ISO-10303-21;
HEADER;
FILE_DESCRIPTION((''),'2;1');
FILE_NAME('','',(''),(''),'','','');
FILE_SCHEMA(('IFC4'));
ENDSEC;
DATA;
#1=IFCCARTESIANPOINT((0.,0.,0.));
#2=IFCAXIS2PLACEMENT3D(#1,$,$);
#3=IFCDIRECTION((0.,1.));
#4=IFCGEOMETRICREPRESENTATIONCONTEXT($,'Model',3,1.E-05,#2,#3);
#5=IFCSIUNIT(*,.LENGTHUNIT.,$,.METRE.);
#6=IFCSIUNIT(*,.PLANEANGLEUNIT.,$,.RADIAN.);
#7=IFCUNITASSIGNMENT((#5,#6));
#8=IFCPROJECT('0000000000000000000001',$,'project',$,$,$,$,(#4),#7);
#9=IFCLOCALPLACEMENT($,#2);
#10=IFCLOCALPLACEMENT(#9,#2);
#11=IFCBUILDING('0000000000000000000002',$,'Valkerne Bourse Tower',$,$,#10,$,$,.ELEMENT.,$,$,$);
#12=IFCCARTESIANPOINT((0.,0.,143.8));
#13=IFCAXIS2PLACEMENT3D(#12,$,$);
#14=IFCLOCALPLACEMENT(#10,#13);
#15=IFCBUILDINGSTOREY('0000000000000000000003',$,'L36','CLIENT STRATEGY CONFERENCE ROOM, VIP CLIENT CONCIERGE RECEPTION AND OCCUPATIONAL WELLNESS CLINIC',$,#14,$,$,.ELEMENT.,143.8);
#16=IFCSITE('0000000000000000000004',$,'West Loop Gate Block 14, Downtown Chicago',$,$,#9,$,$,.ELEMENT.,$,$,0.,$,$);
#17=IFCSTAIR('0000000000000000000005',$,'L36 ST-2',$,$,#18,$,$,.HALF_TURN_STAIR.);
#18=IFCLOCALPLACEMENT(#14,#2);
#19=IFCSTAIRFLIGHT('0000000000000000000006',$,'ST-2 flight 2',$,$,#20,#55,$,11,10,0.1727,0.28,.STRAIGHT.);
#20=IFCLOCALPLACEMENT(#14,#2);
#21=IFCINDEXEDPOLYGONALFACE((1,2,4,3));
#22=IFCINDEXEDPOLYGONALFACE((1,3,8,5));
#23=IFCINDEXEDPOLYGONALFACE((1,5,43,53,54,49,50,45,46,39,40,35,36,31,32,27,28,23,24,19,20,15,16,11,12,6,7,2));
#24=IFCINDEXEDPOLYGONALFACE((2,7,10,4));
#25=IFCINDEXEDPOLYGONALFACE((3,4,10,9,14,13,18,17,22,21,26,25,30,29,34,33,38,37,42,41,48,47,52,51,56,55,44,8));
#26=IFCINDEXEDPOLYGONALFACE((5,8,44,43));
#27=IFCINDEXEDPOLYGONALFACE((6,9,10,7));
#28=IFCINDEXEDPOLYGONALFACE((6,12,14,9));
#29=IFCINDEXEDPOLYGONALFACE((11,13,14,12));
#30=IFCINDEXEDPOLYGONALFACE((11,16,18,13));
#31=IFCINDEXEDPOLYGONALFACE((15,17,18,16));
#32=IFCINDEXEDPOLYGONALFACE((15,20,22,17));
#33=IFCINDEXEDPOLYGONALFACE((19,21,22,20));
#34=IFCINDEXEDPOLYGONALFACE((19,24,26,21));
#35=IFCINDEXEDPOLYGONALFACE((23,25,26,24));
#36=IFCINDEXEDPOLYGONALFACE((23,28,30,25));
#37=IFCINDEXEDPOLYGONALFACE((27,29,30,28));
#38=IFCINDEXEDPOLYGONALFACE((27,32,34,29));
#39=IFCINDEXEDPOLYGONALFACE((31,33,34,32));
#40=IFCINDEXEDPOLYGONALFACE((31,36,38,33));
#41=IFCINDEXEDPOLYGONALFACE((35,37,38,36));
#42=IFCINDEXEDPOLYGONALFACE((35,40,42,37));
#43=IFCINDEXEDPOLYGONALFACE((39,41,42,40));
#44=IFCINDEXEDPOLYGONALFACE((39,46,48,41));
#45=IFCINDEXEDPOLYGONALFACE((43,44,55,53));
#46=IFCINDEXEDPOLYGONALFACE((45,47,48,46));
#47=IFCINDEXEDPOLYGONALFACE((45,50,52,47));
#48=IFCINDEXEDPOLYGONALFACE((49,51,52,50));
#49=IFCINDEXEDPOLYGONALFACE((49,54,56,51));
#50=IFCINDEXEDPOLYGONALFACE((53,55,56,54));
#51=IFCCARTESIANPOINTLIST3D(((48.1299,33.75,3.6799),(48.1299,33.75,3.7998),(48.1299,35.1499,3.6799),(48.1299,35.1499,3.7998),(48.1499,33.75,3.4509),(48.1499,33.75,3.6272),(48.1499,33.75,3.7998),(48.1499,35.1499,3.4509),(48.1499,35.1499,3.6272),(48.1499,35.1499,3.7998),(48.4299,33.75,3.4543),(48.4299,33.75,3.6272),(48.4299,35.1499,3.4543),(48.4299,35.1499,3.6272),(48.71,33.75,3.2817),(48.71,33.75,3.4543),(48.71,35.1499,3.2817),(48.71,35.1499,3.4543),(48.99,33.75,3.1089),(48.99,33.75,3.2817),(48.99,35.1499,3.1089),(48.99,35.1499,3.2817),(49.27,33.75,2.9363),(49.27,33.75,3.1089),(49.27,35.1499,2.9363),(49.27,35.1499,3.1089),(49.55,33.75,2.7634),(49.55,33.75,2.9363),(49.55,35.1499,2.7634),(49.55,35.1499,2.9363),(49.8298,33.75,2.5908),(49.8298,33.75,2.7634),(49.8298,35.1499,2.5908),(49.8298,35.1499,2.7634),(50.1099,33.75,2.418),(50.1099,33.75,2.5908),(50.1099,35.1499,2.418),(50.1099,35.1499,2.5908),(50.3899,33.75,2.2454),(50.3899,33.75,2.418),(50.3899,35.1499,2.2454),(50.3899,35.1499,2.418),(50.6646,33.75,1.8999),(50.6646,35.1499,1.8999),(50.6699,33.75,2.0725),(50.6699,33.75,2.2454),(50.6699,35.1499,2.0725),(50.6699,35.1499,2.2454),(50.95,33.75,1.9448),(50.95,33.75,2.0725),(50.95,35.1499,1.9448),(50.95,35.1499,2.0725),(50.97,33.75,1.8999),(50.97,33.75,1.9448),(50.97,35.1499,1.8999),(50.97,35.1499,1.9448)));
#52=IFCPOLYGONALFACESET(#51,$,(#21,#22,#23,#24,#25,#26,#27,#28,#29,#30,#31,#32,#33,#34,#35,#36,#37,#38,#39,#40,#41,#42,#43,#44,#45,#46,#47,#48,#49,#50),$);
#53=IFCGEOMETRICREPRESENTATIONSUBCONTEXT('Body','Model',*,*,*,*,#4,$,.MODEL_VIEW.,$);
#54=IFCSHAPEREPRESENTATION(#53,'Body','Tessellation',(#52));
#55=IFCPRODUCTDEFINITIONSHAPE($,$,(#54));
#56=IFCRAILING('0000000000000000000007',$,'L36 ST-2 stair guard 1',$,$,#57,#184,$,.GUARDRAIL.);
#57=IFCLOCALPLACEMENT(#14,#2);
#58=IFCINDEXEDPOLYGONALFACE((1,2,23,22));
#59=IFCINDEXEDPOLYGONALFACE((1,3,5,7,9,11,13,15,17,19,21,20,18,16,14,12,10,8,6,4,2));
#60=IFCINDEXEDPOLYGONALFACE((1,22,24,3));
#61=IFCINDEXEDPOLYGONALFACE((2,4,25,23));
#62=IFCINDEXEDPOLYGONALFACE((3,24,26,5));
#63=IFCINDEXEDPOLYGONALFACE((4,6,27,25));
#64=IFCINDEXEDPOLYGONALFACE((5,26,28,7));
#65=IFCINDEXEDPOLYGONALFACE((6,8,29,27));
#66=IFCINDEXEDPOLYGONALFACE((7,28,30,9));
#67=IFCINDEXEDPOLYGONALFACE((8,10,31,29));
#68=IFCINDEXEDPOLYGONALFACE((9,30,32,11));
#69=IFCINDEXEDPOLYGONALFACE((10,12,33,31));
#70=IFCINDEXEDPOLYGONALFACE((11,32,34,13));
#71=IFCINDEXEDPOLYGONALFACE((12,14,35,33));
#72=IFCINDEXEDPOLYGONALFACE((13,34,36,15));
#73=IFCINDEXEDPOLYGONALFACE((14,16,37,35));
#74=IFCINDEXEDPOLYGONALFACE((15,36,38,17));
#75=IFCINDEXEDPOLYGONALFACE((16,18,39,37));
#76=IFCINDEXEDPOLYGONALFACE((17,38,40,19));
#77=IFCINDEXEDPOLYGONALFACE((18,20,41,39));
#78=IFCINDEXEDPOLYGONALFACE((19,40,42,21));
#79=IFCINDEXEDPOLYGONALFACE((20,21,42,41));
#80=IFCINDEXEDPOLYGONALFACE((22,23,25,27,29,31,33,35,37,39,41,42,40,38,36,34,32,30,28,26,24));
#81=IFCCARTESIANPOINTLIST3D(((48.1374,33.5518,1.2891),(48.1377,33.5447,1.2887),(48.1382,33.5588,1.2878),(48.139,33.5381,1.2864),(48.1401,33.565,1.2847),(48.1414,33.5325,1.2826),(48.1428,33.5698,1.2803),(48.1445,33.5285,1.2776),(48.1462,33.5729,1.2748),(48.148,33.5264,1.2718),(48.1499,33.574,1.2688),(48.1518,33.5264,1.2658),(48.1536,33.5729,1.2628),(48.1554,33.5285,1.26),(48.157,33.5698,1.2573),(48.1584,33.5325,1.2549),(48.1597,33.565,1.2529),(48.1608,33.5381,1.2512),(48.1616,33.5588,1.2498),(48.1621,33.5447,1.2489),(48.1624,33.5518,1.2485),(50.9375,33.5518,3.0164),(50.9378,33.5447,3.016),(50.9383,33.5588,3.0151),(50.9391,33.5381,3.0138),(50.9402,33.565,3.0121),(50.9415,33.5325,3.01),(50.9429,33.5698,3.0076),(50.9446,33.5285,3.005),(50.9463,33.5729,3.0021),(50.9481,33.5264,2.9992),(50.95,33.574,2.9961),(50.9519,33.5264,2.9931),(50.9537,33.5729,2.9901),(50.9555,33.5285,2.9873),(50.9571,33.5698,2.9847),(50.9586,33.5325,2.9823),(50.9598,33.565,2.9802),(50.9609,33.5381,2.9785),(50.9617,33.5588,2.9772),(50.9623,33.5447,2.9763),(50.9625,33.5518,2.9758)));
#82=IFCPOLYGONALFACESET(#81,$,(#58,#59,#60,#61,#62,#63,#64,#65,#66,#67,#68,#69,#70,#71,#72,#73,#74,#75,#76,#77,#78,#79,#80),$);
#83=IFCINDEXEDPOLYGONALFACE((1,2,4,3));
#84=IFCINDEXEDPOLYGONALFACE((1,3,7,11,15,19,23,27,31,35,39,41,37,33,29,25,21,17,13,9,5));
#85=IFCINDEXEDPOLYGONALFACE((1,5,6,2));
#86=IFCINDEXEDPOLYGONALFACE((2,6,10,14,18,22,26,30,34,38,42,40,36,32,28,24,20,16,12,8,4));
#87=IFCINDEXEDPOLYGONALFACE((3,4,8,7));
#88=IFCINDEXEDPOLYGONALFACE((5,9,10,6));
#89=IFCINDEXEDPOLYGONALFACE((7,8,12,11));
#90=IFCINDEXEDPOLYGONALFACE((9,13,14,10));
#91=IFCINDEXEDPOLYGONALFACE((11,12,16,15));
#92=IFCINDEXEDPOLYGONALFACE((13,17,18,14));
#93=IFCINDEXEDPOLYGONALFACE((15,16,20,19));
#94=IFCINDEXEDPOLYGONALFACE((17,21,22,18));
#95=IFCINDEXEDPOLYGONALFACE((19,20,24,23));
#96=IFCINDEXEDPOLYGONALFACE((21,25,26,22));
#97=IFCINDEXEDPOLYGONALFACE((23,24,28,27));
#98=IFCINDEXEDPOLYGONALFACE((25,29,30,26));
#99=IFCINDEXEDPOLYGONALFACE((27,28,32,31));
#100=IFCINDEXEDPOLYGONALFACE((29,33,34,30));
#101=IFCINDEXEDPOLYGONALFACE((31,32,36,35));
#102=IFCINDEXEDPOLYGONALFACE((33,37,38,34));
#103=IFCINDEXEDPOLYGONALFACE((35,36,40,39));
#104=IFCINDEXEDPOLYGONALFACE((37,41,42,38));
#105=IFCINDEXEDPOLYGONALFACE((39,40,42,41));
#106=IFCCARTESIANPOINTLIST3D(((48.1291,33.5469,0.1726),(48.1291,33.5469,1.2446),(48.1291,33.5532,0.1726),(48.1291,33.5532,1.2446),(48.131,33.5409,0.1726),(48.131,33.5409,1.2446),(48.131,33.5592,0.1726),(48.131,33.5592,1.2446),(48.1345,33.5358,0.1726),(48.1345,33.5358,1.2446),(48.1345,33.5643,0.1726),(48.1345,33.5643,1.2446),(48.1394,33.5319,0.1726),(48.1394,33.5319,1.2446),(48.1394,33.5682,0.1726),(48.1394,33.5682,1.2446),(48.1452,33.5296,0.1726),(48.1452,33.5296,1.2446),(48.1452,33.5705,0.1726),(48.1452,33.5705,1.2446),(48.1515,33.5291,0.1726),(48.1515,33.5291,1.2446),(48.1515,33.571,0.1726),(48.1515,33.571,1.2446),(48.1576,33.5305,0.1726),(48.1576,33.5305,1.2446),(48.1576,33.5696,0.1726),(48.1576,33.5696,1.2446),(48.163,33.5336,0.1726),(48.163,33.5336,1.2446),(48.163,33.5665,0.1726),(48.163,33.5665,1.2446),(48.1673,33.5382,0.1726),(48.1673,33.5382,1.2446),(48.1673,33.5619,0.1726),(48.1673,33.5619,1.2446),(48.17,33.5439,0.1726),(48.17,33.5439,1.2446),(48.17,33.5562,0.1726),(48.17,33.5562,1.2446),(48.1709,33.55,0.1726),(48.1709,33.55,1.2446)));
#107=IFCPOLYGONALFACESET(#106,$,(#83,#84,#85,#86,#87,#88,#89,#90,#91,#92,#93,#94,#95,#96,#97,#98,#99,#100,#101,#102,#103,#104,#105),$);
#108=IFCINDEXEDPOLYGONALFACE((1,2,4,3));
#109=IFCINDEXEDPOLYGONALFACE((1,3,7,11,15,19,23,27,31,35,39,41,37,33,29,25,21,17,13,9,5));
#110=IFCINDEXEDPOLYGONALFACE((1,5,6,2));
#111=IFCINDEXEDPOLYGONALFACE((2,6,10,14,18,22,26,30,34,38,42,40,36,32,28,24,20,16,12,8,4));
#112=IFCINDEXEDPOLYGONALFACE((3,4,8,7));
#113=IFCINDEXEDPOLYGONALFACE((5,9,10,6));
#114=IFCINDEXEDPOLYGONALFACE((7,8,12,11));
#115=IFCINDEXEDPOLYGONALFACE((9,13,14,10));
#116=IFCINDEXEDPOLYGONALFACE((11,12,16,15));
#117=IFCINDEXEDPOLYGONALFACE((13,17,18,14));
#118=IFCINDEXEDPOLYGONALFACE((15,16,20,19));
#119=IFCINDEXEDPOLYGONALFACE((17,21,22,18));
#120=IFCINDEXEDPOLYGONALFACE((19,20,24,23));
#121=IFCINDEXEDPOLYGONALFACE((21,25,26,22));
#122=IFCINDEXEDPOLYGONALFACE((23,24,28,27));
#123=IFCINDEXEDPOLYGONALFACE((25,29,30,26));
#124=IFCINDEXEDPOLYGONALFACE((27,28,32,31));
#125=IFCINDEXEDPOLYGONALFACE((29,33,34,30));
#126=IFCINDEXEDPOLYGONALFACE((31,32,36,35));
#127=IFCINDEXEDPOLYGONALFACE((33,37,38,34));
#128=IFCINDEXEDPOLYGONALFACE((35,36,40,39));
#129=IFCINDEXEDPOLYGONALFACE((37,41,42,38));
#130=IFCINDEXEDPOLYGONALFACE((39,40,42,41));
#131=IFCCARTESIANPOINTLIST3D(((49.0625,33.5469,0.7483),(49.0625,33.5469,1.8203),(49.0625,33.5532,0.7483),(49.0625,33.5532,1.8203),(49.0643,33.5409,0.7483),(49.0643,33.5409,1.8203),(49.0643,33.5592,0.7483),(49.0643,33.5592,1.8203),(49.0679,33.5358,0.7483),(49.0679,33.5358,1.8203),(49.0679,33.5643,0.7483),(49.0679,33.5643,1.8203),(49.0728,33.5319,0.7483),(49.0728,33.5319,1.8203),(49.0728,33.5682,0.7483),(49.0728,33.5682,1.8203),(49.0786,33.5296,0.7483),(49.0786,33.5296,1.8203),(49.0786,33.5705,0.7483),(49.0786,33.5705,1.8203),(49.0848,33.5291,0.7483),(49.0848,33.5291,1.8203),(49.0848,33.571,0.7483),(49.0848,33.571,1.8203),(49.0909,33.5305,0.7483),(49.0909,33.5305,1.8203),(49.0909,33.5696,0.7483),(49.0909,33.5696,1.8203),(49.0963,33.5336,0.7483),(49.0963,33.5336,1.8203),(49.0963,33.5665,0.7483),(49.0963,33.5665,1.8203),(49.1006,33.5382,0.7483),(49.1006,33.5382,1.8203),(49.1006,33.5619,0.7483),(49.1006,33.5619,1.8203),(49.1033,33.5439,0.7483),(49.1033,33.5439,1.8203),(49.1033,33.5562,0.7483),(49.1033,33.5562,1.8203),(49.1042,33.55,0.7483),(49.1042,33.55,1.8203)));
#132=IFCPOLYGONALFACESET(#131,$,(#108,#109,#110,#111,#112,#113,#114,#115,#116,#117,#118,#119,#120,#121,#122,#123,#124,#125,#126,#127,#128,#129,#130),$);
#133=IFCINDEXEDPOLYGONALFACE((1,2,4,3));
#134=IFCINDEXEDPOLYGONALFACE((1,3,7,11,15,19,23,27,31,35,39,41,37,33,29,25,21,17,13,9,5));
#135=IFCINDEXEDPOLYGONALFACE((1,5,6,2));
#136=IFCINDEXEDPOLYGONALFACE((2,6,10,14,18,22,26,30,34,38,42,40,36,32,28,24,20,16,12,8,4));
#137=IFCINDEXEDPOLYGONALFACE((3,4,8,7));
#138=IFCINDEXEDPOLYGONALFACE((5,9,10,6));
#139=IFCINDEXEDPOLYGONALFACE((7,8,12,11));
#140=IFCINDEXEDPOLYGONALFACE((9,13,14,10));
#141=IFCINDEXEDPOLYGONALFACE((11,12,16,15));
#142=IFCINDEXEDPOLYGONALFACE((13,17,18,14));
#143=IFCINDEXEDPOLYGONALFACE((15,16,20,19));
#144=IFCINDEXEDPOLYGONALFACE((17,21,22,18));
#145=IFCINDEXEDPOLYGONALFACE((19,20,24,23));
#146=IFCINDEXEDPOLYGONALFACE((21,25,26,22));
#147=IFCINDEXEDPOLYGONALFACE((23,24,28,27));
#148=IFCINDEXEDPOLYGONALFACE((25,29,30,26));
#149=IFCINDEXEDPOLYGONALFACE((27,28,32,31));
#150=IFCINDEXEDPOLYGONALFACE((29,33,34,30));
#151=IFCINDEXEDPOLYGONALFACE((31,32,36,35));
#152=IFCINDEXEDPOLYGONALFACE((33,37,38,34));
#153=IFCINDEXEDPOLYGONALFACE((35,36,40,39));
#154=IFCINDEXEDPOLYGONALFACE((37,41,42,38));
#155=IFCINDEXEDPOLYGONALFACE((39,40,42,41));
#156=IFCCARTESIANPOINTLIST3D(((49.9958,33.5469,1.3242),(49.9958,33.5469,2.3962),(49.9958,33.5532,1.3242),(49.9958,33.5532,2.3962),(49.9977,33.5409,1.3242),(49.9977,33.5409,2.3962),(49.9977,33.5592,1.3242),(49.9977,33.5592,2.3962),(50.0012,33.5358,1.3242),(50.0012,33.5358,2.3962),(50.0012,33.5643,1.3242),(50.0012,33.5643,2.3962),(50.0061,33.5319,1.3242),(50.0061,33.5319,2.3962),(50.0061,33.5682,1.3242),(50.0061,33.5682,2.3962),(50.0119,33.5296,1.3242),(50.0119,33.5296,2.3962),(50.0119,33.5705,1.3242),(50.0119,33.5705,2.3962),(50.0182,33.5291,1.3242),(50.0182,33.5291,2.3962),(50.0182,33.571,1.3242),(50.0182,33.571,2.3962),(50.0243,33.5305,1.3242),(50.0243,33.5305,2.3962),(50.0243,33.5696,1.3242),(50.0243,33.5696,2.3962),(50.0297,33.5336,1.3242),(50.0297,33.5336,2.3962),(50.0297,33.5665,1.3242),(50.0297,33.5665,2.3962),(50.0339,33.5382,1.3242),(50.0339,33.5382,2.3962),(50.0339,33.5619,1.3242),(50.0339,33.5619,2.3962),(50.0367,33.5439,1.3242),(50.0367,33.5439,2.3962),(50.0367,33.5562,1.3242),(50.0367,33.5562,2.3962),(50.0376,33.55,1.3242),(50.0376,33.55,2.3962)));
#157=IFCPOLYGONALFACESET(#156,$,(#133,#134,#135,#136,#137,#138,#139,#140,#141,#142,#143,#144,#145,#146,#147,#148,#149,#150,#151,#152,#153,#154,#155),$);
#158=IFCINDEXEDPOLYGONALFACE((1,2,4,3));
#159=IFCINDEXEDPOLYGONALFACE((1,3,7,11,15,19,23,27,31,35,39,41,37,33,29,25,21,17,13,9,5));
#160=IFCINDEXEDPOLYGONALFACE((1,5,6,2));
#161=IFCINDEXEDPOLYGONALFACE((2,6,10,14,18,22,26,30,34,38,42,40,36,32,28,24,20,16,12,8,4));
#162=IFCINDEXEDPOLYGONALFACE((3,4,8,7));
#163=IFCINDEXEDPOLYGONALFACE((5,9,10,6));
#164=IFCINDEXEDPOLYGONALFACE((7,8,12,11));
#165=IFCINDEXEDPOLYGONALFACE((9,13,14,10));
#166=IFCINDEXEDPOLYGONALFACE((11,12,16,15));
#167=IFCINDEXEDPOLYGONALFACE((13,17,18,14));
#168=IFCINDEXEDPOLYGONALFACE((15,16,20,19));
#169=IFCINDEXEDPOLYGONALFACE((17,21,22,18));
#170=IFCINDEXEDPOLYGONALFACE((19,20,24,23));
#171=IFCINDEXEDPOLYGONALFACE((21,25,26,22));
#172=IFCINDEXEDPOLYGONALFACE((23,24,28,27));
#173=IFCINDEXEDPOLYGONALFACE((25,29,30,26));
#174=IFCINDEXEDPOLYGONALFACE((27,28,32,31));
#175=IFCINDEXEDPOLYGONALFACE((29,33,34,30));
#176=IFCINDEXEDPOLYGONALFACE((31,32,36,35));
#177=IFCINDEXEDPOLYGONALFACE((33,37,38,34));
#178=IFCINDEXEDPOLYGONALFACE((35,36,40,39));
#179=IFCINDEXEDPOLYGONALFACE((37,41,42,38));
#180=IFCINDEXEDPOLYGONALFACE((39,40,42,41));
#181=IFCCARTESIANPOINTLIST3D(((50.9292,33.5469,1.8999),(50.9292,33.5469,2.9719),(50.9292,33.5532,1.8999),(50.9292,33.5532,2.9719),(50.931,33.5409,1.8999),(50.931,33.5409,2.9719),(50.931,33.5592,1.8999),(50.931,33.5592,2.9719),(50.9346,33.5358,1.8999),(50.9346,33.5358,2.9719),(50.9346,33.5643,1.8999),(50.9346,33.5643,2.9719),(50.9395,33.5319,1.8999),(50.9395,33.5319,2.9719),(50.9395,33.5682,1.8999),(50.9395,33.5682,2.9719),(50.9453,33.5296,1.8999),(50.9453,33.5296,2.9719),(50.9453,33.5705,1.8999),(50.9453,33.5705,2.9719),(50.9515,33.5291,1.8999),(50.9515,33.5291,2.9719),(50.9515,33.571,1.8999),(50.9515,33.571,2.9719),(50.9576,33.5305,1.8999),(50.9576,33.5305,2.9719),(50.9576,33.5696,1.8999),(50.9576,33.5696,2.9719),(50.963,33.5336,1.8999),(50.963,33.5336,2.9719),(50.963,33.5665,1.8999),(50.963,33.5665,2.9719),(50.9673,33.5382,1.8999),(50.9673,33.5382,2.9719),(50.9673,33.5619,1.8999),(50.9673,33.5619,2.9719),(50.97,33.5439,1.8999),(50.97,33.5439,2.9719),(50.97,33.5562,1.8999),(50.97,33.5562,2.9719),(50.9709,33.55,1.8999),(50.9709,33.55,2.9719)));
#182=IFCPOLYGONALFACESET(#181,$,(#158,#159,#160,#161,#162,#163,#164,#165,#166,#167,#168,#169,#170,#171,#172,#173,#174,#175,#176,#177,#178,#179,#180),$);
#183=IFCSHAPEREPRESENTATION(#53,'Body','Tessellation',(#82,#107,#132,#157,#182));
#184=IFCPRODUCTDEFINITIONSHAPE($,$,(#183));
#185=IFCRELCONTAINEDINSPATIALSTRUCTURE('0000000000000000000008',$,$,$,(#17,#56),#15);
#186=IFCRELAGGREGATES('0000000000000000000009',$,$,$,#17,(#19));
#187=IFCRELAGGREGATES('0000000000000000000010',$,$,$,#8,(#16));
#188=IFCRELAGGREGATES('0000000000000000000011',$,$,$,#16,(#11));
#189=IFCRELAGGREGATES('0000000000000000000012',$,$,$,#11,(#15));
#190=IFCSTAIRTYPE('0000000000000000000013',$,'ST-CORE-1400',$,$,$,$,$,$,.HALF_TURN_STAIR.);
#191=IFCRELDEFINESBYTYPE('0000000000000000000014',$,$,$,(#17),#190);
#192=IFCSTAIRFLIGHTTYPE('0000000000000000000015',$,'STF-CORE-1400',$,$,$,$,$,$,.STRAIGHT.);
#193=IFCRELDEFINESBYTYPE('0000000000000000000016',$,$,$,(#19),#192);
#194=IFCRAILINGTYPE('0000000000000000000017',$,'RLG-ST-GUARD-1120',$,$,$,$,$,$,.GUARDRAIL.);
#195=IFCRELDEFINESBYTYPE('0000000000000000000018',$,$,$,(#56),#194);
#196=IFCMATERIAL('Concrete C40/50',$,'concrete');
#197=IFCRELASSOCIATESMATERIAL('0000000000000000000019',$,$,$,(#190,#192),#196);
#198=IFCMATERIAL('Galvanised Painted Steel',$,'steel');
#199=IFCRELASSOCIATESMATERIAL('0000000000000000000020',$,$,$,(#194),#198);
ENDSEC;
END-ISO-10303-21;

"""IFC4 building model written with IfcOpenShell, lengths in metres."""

from ifc_helpers import new_model, si_unit, direction, frame, origin, origin_2d, place, context, subcontext, project, spatial, polyline, circle, outline, extrude, material, type_object, element, aggregate, save


model = new_model("IFC4")

# Units and contexts
model_context = context("Model", 3, precision=1e-05, world=origin(), true_north=direction((0.0, 1.0)))
body_context = subcontext(model_context, "Body", "Model", "MODEL_VIEW")
ifc_project = project(units=[si_unit("LENGTHUNIT", "METRE"), si_unit("PLANEANGLEUNIT", "RADIAN")], contexts=[model_context])

# Site, building, storey
site_placement = place(None, origin())
site = spatial("IfcSite", under=ifc_project, at=site_placement, Name="West Loop Gate Block 14, Downtown Chicago", CompositionType="ELEMENT", RefElevation=0.0)
building_placement = place(site_placement, origin())
building = spatial("IfcBuilding", under=site, at=building_placement, Name="Valkerne Bourse Tower", CompositionType="ELEMENT")
storey_placement = place(building_placement, frame((0.0, 0.0, 143.8)))
storey = spatial("IfcBuildingStorey", under=building, at=storey_placement, Name="L36", Description="CLIENT STRATEGY CONFERENCE ROOM, VIP CLIENT CONCIERGE RECEPTION AND OCCUPATIONAL WELLNESS CLINIC", CompositionType="ELEMENT", Elevation=143.8)

# Shared definitions
ifc_material_1 = material(Name="Galvanised Painted Steel", Category="steel")

# Stair, stair flight
ifc_material_2 = material(Name="Concrete C40/50", Category="concrete")
stair_type = type_object("IfcStairType", Name="ST-CORE-1400", PredefinedType="HALF_TURN_STAIR", material=ifc_material_2)
stair_placement = place(storey_placement, origin())
stair = element("IfcStair", 1, at=stair_placement, inside=storey, type_object=stair_type, Name="L36 ST-2", PredefinedType="HALF_TURN_STAIR")
stair_flight_type = type_object("IfcStairFlightType", Name="STF-CORE-1400", PredefinedType="STRAIGHT", material=ifc_material_2)
stair_flight_1_placement = place(storey_placement, frame((50.95, 34.45, 1.8999), z_axis=(0.0, 0.0, 1.0), x_axis=(-1.0, 0.0, 0.0)))
stair_flight_1 = element("IfcStairFlight", 2, at=stair_flight_1_placement, type_object=stair_flight_type, Name="ST-2 flight 2", NumberOfRisers=11, NumberOfTreads=10, PredefinedType="STRAIGHT", RiserHeight=0.1727, TreadLength=0.28, context=body_context, shape_type="SweptSolid", body=[
    extrude(outline(polyline([(-0.02, 0.0), (-0.02, 0.0449), (0.0, 0.0449), (0.0, 0.1726), (0.28, 0.1726), (0.28, 0.3455), (0.5601, 0.3455), (0.5601, 0.5181), (0.8401, 0.5181), (0.8401, 0.6909), (1.1201, 0.6909), (1.1201, 0.8635), (1.3999, 0.8635), (1.3999, 1.0364), (1.6799, 1.0364), (1.6799, 1.209), (1.96, 1.209), (1.96, 1.3818), (2.24, 1.3818), (2.24, 1.5544), (2.52, 1.5544), (2.52, 1.7273), (2.8, 1.7273), (2.8, 1.8999), (2.8201, 1.8999), (2.8201, 1.78), (2.8, 1.551), (0.2854, 0.0), (-0.02, 0.0)])), frame((0.0, 0.7, 0.0), z_axis=(0.0, -1.0, 0.0), x_axis=(1.0, 0.0, 0.0)), (0.0, 0.0, 1.0), 1.3999),
])
aggregate(stair, [stair_flight_1])

# Railing
railing_type_1 = type_object("IfcRailingType", Name="RLG-ST-GUARD-1120", PredefinedType="GUARDRAIL", material=ifc_material_1)
railing_1_placement = place(storey_placement, frame((48.1499, 33.55, 0.1726)))
element("IfcRailing", 3, at=railing_1_placement, inside=storey, type_object=railing_type_1, Name="L36 ST-2 stair guard 1", PredefinedType="GUARDRAIL", context=body_context, shape_type="SweptSolid", body=[
    extrude(circle(Radius=0.0239, at=origin_2d()), frame((0.0, 0.0, 1.0962), z_axis=(0.85109, 0.0, 0.52502), x_axis=(0.0, 1.0, 0.0)), (0.0, 0.0, 1.0), 3.29),
    extrude(circle(Radius=0.021, at=origin_2d()), origin(), (0.0, 0.0, 1.0), 1.072),
    extrude(circle(Radius=0.021, at=origin_2d()), frame((0.9333, 0.0, 0.5757)), (0.0, 0.0, 1.0), 1.072),
    extrude(circle(Radius=0.021, at=origin_2d()), frame((1.8667, 0.0, 1.1516)), (0.0, 0.0, 1.0), 1.072),
    extrude(circle(Radius=0.021, at=origin_2d()), frame((2.8, 0.0, 1.7273)), (0.0, 0.0, 1.0), 1.072),
])

save(model, "model.ifc")
